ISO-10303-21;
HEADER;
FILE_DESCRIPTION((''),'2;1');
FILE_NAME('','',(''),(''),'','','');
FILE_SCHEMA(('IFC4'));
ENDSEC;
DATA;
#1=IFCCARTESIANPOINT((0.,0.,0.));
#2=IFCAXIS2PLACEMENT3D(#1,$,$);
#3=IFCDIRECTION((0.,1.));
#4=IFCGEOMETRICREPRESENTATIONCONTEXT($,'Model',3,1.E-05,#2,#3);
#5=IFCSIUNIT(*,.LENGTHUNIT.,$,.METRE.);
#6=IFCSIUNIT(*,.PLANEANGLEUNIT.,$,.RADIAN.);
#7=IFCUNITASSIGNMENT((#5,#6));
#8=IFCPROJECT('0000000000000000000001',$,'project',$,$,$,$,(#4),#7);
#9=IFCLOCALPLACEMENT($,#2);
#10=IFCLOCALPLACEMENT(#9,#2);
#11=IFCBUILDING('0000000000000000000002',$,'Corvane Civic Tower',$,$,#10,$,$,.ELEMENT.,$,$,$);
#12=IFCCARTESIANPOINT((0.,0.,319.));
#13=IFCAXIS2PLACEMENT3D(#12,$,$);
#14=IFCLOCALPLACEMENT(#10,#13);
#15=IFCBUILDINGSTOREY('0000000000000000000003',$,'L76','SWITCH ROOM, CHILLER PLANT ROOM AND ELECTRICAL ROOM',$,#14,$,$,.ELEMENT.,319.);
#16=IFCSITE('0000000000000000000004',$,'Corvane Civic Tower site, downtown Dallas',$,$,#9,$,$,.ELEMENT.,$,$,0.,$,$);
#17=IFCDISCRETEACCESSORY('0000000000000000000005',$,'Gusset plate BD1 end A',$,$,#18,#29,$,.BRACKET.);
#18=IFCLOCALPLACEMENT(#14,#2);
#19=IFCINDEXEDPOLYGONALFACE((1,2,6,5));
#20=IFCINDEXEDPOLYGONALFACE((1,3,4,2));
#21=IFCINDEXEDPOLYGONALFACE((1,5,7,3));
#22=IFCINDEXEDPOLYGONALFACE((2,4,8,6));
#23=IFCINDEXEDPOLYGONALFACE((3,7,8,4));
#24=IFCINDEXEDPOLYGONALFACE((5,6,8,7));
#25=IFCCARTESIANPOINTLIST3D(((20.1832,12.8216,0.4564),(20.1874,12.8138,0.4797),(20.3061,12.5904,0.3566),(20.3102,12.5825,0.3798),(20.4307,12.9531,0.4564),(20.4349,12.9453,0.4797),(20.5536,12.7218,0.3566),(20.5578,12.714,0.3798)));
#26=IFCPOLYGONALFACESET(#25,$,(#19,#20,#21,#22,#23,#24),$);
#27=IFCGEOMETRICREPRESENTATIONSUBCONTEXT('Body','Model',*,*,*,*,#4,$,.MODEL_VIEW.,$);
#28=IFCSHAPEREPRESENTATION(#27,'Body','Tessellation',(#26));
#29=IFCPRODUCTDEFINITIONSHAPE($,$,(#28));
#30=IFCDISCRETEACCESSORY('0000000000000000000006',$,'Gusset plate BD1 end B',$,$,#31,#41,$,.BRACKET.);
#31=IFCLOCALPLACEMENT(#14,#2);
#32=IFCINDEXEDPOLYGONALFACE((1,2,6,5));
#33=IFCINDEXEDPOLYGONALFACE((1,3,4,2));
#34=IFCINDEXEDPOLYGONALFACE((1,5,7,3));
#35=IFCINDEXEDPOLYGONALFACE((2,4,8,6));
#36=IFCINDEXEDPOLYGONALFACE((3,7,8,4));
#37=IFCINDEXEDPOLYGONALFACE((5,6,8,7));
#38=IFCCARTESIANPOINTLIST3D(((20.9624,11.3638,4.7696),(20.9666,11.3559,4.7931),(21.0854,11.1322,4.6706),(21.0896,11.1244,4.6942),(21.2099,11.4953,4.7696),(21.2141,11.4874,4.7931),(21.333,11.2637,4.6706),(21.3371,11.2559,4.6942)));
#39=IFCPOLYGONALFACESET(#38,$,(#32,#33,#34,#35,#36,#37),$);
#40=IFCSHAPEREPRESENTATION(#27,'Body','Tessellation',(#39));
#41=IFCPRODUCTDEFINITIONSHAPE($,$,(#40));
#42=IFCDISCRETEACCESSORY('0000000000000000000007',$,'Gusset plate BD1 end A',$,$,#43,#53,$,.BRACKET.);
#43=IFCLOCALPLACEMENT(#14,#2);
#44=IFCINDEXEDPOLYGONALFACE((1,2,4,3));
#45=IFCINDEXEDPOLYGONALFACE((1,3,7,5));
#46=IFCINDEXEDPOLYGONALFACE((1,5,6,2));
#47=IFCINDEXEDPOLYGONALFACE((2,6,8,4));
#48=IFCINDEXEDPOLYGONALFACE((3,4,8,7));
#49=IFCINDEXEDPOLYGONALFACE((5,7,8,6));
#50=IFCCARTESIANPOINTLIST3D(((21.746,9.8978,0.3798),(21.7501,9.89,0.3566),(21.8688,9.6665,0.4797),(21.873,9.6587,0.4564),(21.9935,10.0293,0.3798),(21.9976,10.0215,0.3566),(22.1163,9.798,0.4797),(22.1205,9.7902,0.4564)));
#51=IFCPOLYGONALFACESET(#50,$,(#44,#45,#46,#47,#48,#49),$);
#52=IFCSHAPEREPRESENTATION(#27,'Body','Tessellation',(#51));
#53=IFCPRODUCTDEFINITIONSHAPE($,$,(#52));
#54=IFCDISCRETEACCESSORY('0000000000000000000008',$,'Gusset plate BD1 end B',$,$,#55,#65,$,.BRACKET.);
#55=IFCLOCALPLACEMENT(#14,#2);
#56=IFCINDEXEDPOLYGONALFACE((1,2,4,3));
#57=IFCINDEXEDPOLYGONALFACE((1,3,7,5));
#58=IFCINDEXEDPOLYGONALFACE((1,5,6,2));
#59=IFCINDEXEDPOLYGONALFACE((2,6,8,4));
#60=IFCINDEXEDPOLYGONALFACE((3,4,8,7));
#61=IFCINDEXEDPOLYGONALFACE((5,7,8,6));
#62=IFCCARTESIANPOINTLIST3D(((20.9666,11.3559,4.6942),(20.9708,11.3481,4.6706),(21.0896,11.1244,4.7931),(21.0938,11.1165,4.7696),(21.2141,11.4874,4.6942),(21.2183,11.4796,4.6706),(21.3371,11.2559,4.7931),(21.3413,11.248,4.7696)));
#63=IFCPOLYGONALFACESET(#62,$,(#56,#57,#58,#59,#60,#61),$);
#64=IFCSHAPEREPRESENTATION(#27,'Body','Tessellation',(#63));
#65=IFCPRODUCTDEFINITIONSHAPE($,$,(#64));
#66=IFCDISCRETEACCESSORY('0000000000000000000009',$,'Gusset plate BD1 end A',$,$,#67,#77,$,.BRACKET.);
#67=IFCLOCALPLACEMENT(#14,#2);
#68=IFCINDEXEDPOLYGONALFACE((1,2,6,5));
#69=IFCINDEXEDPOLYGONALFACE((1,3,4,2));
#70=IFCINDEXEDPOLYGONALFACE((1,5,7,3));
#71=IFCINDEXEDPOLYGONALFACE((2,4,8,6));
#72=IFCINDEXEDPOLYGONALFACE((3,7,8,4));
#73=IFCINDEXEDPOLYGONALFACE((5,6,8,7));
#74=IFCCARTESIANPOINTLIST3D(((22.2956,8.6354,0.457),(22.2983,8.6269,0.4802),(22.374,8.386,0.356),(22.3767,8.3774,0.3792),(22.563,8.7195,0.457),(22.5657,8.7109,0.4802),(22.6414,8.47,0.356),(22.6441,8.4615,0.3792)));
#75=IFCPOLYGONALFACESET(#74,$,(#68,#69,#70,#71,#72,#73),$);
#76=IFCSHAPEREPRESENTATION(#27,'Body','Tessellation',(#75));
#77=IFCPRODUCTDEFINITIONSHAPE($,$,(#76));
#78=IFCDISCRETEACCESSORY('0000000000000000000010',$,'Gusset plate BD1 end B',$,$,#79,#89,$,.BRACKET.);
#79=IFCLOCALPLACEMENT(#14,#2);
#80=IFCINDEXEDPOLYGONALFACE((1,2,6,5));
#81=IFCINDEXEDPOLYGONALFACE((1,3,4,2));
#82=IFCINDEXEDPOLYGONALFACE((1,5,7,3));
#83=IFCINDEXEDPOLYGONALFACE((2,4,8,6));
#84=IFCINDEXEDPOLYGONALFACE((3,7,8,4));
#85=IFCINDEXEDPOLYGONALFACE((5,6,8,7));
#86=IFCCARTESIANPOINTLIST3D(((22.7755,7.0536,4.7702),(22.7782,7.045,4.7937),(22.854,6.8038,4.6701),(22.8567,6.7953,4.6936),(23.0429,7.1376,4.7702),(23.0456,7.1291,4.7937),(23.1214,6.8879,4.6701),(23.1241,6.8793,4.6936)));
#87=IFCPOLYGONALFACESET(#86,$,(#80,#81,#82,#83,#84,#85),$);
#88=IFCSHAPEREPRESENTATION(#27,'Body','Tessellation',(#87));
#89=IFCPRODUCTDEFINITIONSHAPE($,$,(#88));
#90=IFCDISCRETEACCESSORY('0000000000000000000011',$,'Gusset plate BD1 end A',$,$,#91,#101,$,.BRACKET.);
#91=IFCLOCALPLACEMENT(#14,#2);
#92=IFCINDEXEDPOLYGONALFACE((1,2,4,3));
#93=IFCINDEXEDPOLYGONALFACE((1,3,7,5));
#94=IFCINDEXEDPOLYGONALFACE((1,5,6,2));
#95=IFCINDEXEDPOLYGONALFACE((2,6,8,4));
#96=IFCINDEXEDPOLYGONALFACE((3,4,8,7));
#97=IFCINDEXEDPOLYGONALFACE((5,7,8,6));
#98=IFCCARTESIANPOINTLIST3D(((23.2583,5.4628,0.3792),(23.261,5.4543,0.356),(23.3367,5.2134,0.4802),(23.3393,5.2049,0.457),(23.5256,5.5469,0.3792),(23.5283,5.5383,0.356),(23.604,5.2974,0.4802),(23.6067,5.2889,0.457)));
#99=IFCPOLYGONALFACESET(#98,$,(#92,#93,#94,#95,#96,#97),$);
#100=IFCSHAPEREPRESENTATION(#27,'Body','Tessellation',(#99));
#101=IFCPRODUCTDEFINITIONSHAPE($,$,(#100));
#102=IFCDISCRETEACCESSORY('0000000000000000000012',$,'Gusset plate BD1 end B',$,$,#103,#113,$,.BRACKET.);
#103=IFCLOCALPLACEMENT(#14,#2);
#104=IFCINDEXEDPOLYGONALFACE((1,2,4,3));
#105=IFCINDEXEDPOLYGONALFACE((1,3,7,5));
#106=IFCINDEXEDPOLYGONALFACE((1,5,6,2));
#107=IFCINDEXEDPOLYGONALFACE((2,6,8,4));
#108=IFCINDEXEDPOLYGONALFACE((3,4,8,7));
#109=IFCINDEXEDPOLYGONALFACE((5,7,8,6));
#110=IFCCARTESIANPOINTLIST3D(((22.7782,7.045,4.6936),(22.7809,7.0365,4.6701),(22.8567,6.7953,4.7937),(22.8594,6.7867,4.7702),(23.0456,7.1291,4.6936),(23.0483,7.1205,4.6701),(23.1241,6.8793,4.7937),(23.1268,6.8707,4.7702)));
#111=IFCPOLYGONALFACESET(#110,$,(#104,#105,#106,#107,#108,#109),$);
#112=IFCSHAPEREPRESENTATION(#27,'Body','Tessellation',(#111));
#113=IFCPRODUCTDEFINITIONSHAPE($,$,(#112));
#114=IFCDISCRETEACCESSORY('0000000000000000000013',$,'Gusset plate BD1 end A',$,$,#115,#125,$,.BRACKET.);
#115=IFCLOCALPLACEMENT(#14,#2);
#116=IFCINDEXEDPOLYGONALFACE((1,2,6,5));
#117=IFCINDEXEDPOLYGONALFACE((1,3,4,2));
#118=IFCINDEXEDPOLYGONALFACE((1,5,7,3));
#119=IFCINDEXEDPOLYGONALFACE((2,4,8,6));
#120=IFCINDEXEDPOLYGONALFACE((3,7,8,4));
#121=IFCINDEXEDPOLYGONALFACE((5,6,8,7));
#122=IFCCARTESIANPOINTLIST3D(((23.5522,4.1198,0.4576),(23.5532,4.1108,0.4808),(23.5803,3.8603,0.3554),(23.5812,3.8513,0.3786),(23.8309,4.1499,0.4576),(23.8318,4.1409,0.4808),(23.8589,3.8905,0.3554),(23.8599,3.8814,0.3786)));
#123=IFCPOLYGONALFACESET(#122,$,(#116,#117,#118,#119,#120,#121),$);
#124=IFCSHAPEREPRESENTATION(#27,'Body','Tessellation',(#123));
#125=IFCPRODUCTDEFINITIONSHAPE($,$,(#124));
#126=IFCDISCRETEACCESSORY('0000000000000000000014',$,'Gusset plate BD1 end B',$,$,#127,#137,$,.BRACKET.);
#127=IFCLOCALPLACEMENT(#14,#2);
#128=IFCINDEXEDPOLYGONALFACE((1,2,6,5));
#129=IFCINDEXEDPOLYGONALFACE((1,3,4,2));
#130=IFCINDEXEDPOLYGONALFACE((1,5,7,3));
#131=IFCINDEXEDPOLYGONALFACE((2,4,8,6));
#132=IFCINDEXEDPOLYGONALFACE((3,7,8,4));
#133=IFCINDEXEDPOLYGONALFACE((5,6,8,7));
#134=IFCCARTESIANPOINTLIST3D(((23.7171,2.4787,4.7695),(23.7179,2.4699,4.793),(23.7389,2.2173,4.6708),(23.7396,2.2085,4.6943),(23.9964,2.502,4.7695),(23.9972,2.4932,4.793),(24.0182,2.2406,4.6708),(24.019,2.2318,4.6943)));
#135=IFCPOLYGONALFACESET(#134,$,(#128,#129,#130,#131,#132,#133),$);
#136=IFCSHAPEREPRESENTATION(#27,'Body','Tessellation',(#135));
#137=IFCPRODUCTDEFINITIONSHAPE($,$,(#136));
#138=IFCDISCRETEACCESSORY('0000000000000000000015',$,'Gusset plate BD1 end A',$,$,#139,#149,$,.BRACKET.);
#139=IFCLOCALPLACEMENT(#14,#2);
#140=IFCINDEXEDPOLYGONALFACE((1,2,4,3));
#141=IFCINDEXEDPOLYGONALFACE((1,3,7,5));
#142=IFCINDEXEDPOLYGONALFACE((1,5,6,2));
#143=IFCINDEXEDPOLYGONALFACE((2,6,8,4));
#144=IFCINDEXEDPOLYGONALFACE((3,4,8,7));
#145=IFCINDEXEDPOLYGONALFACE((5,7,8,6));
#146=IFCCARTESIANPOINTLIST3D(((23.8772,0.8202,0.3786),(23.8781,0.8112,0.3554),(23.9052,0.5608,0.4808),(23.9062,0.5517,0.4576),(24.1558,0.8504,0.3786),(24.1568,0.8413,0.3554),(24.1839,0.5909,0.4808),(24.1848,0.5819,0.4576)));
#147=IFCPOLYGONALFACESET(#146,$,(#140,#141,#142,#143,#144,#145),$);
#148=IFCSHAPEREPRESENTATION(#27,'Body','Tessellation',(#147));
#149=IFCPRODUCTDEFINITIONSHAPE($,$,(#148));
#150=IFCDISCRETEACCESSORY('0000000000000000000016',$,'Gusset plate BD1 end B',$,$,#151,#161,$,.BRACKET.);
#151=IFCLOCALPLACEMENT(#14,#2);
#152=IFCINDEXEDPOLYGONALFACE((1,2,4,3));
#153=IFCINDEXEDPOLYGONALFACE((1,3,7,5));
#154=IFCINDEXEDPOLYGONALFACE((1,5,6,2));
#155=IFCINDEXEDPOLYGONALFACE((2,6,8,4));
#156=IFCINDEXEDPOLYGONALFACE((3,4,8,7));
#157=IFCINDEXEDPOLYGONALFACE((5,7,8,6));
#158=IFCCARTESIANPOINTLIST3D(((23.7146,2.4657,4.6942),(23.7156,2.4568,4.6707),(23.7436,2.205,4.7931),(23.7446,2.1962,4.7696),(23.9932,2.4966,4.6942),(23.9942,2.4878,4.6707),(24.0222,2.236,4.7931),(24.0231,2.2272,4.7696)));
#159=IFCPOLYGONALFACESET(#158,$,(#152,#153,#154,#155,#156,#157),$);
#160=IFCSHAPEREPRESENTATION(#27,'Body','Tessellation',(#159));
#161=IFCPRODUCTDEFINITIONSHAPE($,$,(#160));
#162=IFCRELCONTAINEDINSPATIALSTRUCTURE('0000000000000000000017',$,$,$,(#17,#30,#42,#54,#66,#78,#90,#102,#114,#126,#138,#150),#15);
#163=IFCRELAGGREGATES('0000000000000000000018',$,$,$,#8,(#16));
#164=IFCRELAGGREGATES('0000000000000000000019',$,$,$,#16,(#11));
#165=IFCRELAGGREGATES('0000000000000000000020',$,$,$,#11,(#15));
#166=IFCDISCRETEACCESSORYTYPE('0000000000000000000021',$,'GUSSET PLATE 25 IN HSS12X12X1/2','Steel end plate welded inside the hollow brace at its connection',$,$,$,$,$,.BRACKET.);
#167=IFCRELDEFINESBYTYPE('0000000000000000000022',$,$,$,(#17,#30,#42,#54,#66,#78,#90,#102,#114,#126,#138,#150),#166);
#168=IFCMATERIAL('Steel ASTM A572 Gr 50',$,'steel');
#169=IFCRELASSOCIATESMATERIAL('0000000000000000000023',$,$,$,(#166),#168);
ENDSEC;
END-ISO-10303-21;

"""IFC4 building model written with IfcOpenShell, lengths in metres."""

from ifc_helpers import new_model, si_unit, direction, frame, origin, origin_2d, place, context, subcontext, project, spatial, rectangle, extrude, material, material_profile, profile_set, type_object, element, save


model = new_model("IFC4")

# Units and contexts
model_context = context("Model", 3, precision=1e-05, world=origin(), true_north=direction((0.0, 1.0)))
body_context = subcontext(model_context, "Body", "Model", "MODEL_VIEW")
ifc_project = project(units=[si_unit("LENGTHUNIT", "METRE"), si_unit("PLANEANGLEUNIT", "RADIAN")], contexts=[model_context])

# Site, building, storey
site_placement = place(None, origin())
site = spatial("IfcSite", under=ifc_project, at=site_placement, Name="Corvane Civic Tower site, downtown Dallas", CompositionType="ELEMENT", RefElevation=0.0)
building_placement = place(site_placement, origin())
building = spatial("IfcBuilding", under=site, at=building_placement, Name="Corvane Civic Tower", CompositionType="ELEMENT")
storey_placement = place(building_placement, frame((0.0, 0.0, 319.0)))
storey = spatial("IfcBuildingStorey", under=building, at=storey_placement, Name="L76", Description="SWITCH ROOM, CHILLER PLANT ROOM AND ELECTRICAL ROOM", CompositionType="ELEMENT", Elevation=319.0)

# Discrete accessories
ifc_material_1 = material(Name="Steel ASTM A572 Gr 50", Category="steel")
ifc_material_profile_1 = material_profile(ifc_material_1, rectangle(XDim=0.2803, YDim=0.2803, at=origin_2d()), Name="GUSSET PLATE 25 IN HSS12X12X1/2")
ifc_profile_set_1 = profile_set([ifc_material_profile_1], Name="Steel ASTM A572 Gr 50")
discrete_accessory_type = type_object("IfcDiscreteAccessoryType", Name="GUSSET PLATE 25 IN HSS12X12X1/2", Description="Steel end plate welded inside the hollow brace at its connection", PredefinedType="BRACKET", material=ifc_profile_set_1)
discrete_accessory_1_placement = place(storey_placement, frame((20.3684, 12.7717, 0.4065), z_axis=(0.167198, -0.314725, 0.934341), x_axis=(0.883116, 0.469155, 0.0)))
element("IfcDiscreteAccessory", 1, at=discrete_accessory_1_placement, inside=storey, type_object=discrete_accessory_type, Name="Gusset plate BD1 end A", PredefinedType="BRACKET", context=body_context, shape_type="SweptSolid", body=[
    extrude(rectangle(XDim=0.2803, YDim=0.2803, at=origin_2d()), origin(), (0.0, 0.0, 1.0), 0.0249),
])
discrete_accessory_2_placement = place(storey_placement, frame((21.1519, 11.3059, 4.7437), z_axis=(-0.165674, 0.311858, -0.935573), x_axis=(-0.883116, -0.469155, 0.0)))
element("IfcDiscreteAccessory", 2, at=discrete_accessory_2_placement, inside=storey, type_object=discrete_accessory_type, Name="Gusset plate BD1 end B", PredefinedType="BRACKET", context=body_context, shape_type="SweptSolid", body=[
    extrude(rectangle(XDim=0.2803, YDim=0.2803, at=origin_2d()), origin(), (0.0, 0.0, 1.0), 0.0251),
])
discrete_accessory_3_placement = place(storey_placement, frame((21.9353, 9.8401, 0.4065), z_axis=(-0.167198, 0.314725, 0.934341), x_axis=(-0.883116, -0.469155, 0.0)))
element("IfcDiscreteAccessory", 3, at=discrete_accessory_3_placement, inside=storey, type_object=discrete_accessory_type, Name="Gusset plate BD1 end A", PredefinedType="BRACKET", context=body_context, shape_type="SweptSolid", body=[
    extrude(rectangle(XDim=0.2803, YDim=0.2803, at=origin_2d()), origin(), (0.0, 0.0, 1.0), 0.0249),
])
discrete_accessory_4_placement = place(storey_placement, frame((21.1519, 11.3059, 4.7437), z_axis=(0.165674, -0.311858, -0.935573), x_axis=(0.883116, 0.469155, 0.0)))
element("IfcDiscreteAccessory", 4, at=discrete_accessory_4_placement, inside=storey, type_object=discrete_accessory_type, Name="Gusset plate BD1 end B", PredefinedType="BRACKET", context=body_context, shape_type="SweptSolid", body=[
    extrude(rectangle(XDim=0.2803, YDim=0.2803, at=origin_2d()), origin(), (0.0, 0.0, 1.0), 0.0251),
])
discrete_accessory_5_placement = place(storey_placement, frame((22.4685, 8.5527, 0.4065), z_axis=(0.108015, -0.343683, 0.932853), x_axis=(0.953994, 0.299827, 0.0)))
element("IfcDiscreteAccessory", 5, at=discrete_accessory_5_placement, inside=storey, type_object=discrete_accessory_type, Name="Gusset plate BD1 end A", PredefinedType="BRACKET", context=body_context, shape_type="SweptSolid", body=[
    extrude(rectangle(XDim=0.2803, YDim=0.2803, at=origin_2d()), origin(), (0.0, 0.0, 1.0), 0.0249),
])
discrete_accessory_6_placement = place(storey_placement, frame((22.9512, 6.9622, 4.7437), z_axis=(-0.107033, 0.340561, -0.93411), x_axis=(-0.953994, -0.299827, 0.0)))
element("IfcDiscreteAccessory", 6, at=discrete_accessory_6_placement, inside=storey, type_object=discrete_accessory_type, Name="Gusset plate BD1 end B", PredefinedType="BRACKET", context=body_context, shape_type="SweptSolid", body=[
    extrude(rectangle(XDim=0.2803, YDim=0.2803, at=origin_2d()), origin(), (0.0, 0.0, 1.0), 0.0251),
])
discrete_accessory_7_placement = place(storey_placement, frame((23.4338, 5.3716, 0.4065), z_axis=(-0.108015, 0.343683, 0.932853), x_axis=(-0.953994, -0.299827, 0.0)))
element("IfcDiscreteAccessory", 7, at=discrete_accessory_7_placement, inside=storey, type_object=discrete_accessory_type, Name="Gusset plate BD1 end A", PredefinedType="BRACKET", context=body_context, shape_type="SweptSolid", body=[
    extrude(rectangle(XDim=0.2803, YDim=0.2803, at=origin_2d()), origin(), (0.0, 0.0, 1.0), 0.0249),
])
discrete_accessory_8_placement = place(storey_placement, frame((22.9512, 6.9622, 4.7437), z_axis=(0.107033, -0.340561, -0.93411), x_axis=(0.953994, 0.299827, 0.0)))
element("IfcDiscreteAccessory", 8, at=discrete_accessory_8_placement, inside=storey, type_object=discrete_accessory_type, Name="Gusset plate BD1 end B", PredefinedType="BRACKET", context=body_context, shape_type="SweptSolid", body=[
    extrude(rectangle(XDim=0.2803, YDim=0.2803, at=origin_2d()), origin(), (0.0, 0.0, 1.0), 0.0251),
])
discrete_accessory_9_placement = place(storey_placement, frame((23.7056, 4.0051, 0.4065), z_axis=(0.039204, -0.362641, 0.931104), x_axis=(0.994207, 0.107482, 0.0)))
element("IfcDiscreteAccessory", 9, at=discrete_accessory_9_placement, inside=storey, type_object=discrete_accessory_type, Name="Gusset plate BD1 end A", PredefinedType="BRACKET", context=body_context, shape_type="SweptSolid", body=[
    extrude(rectangle(XDim=0.2803, YDim=0.2803, at=origin_2d()), origin(), (0.0, 0.0, 1.0), 0.0249),
])
discrete_accessory_10_placement = place(storey_placement, frame((23.8684, 2.3508, 4.7437), z_axis=(-0.029248, 0.350973, -0.935929), x_axis=(-0.996546, -0.083045, 0.0)))
element("IfcDiscreteAccessory", 10, at=discrete_accessory_10_placement, inside=storey, type_object=discrete_accessory_type, Name="Gusset plate BD1 end B", PredefinedType="BRACKET", context=body_context, shape_type="SweptSolid", body=[
    extrude(rectangle(XDim=0.2803, YDim=0.2803, at=origin_2d()), origin(), (0.0, 0.0, 1.0), 0.0251),
])
discrete_accessory_11_placement = place(storey_placement, frame((24.0315, 0.6965, 0.4065), z_axis=(-0.039204, 0.362641, 0.931104), x_axis=(-0.994207, -0.107482, 0.0)))
element("IfcDiscreteAccessory", 11, at=discrete_accessory_11_placement, inside=storey, type_object=discrete_accessory_type, Name="Gusset plate BD1 end A", PredefinedType="BRACKET", context=body_context, shape_type="SweptSolid", body=[
    extrude(rectangle(XDim=0.2803, YDim=0.2803, at=origin_2d()), origin(), (0.0, 0.0, 1.0), 0.0249),
])
discrete_accessory_12_placement = place(storey_placement, frame((23.8684, 2.3508, 4.7437), z_axis=(0.038984, -0.350857, -0.935617), x_axis=(0.993884, 0.110432, 0.0)))
element("IfcDiscreteAccessory", 12, at=discrete_accessory_12_placement, inside=storey, type_object=discrete_accessory_type, Name="Gusset plate BD1 end B", PredefinedType="BRACKET", context=body_context, shape_type="SweptSolid", body=[
    extrude(rectangle(XDim=0.2803, YDim=0.2803, at=origin_2d()), origin(), (0.0, 0.0, 1.0), 0.0251),
])

save(model, "model.ifc")
